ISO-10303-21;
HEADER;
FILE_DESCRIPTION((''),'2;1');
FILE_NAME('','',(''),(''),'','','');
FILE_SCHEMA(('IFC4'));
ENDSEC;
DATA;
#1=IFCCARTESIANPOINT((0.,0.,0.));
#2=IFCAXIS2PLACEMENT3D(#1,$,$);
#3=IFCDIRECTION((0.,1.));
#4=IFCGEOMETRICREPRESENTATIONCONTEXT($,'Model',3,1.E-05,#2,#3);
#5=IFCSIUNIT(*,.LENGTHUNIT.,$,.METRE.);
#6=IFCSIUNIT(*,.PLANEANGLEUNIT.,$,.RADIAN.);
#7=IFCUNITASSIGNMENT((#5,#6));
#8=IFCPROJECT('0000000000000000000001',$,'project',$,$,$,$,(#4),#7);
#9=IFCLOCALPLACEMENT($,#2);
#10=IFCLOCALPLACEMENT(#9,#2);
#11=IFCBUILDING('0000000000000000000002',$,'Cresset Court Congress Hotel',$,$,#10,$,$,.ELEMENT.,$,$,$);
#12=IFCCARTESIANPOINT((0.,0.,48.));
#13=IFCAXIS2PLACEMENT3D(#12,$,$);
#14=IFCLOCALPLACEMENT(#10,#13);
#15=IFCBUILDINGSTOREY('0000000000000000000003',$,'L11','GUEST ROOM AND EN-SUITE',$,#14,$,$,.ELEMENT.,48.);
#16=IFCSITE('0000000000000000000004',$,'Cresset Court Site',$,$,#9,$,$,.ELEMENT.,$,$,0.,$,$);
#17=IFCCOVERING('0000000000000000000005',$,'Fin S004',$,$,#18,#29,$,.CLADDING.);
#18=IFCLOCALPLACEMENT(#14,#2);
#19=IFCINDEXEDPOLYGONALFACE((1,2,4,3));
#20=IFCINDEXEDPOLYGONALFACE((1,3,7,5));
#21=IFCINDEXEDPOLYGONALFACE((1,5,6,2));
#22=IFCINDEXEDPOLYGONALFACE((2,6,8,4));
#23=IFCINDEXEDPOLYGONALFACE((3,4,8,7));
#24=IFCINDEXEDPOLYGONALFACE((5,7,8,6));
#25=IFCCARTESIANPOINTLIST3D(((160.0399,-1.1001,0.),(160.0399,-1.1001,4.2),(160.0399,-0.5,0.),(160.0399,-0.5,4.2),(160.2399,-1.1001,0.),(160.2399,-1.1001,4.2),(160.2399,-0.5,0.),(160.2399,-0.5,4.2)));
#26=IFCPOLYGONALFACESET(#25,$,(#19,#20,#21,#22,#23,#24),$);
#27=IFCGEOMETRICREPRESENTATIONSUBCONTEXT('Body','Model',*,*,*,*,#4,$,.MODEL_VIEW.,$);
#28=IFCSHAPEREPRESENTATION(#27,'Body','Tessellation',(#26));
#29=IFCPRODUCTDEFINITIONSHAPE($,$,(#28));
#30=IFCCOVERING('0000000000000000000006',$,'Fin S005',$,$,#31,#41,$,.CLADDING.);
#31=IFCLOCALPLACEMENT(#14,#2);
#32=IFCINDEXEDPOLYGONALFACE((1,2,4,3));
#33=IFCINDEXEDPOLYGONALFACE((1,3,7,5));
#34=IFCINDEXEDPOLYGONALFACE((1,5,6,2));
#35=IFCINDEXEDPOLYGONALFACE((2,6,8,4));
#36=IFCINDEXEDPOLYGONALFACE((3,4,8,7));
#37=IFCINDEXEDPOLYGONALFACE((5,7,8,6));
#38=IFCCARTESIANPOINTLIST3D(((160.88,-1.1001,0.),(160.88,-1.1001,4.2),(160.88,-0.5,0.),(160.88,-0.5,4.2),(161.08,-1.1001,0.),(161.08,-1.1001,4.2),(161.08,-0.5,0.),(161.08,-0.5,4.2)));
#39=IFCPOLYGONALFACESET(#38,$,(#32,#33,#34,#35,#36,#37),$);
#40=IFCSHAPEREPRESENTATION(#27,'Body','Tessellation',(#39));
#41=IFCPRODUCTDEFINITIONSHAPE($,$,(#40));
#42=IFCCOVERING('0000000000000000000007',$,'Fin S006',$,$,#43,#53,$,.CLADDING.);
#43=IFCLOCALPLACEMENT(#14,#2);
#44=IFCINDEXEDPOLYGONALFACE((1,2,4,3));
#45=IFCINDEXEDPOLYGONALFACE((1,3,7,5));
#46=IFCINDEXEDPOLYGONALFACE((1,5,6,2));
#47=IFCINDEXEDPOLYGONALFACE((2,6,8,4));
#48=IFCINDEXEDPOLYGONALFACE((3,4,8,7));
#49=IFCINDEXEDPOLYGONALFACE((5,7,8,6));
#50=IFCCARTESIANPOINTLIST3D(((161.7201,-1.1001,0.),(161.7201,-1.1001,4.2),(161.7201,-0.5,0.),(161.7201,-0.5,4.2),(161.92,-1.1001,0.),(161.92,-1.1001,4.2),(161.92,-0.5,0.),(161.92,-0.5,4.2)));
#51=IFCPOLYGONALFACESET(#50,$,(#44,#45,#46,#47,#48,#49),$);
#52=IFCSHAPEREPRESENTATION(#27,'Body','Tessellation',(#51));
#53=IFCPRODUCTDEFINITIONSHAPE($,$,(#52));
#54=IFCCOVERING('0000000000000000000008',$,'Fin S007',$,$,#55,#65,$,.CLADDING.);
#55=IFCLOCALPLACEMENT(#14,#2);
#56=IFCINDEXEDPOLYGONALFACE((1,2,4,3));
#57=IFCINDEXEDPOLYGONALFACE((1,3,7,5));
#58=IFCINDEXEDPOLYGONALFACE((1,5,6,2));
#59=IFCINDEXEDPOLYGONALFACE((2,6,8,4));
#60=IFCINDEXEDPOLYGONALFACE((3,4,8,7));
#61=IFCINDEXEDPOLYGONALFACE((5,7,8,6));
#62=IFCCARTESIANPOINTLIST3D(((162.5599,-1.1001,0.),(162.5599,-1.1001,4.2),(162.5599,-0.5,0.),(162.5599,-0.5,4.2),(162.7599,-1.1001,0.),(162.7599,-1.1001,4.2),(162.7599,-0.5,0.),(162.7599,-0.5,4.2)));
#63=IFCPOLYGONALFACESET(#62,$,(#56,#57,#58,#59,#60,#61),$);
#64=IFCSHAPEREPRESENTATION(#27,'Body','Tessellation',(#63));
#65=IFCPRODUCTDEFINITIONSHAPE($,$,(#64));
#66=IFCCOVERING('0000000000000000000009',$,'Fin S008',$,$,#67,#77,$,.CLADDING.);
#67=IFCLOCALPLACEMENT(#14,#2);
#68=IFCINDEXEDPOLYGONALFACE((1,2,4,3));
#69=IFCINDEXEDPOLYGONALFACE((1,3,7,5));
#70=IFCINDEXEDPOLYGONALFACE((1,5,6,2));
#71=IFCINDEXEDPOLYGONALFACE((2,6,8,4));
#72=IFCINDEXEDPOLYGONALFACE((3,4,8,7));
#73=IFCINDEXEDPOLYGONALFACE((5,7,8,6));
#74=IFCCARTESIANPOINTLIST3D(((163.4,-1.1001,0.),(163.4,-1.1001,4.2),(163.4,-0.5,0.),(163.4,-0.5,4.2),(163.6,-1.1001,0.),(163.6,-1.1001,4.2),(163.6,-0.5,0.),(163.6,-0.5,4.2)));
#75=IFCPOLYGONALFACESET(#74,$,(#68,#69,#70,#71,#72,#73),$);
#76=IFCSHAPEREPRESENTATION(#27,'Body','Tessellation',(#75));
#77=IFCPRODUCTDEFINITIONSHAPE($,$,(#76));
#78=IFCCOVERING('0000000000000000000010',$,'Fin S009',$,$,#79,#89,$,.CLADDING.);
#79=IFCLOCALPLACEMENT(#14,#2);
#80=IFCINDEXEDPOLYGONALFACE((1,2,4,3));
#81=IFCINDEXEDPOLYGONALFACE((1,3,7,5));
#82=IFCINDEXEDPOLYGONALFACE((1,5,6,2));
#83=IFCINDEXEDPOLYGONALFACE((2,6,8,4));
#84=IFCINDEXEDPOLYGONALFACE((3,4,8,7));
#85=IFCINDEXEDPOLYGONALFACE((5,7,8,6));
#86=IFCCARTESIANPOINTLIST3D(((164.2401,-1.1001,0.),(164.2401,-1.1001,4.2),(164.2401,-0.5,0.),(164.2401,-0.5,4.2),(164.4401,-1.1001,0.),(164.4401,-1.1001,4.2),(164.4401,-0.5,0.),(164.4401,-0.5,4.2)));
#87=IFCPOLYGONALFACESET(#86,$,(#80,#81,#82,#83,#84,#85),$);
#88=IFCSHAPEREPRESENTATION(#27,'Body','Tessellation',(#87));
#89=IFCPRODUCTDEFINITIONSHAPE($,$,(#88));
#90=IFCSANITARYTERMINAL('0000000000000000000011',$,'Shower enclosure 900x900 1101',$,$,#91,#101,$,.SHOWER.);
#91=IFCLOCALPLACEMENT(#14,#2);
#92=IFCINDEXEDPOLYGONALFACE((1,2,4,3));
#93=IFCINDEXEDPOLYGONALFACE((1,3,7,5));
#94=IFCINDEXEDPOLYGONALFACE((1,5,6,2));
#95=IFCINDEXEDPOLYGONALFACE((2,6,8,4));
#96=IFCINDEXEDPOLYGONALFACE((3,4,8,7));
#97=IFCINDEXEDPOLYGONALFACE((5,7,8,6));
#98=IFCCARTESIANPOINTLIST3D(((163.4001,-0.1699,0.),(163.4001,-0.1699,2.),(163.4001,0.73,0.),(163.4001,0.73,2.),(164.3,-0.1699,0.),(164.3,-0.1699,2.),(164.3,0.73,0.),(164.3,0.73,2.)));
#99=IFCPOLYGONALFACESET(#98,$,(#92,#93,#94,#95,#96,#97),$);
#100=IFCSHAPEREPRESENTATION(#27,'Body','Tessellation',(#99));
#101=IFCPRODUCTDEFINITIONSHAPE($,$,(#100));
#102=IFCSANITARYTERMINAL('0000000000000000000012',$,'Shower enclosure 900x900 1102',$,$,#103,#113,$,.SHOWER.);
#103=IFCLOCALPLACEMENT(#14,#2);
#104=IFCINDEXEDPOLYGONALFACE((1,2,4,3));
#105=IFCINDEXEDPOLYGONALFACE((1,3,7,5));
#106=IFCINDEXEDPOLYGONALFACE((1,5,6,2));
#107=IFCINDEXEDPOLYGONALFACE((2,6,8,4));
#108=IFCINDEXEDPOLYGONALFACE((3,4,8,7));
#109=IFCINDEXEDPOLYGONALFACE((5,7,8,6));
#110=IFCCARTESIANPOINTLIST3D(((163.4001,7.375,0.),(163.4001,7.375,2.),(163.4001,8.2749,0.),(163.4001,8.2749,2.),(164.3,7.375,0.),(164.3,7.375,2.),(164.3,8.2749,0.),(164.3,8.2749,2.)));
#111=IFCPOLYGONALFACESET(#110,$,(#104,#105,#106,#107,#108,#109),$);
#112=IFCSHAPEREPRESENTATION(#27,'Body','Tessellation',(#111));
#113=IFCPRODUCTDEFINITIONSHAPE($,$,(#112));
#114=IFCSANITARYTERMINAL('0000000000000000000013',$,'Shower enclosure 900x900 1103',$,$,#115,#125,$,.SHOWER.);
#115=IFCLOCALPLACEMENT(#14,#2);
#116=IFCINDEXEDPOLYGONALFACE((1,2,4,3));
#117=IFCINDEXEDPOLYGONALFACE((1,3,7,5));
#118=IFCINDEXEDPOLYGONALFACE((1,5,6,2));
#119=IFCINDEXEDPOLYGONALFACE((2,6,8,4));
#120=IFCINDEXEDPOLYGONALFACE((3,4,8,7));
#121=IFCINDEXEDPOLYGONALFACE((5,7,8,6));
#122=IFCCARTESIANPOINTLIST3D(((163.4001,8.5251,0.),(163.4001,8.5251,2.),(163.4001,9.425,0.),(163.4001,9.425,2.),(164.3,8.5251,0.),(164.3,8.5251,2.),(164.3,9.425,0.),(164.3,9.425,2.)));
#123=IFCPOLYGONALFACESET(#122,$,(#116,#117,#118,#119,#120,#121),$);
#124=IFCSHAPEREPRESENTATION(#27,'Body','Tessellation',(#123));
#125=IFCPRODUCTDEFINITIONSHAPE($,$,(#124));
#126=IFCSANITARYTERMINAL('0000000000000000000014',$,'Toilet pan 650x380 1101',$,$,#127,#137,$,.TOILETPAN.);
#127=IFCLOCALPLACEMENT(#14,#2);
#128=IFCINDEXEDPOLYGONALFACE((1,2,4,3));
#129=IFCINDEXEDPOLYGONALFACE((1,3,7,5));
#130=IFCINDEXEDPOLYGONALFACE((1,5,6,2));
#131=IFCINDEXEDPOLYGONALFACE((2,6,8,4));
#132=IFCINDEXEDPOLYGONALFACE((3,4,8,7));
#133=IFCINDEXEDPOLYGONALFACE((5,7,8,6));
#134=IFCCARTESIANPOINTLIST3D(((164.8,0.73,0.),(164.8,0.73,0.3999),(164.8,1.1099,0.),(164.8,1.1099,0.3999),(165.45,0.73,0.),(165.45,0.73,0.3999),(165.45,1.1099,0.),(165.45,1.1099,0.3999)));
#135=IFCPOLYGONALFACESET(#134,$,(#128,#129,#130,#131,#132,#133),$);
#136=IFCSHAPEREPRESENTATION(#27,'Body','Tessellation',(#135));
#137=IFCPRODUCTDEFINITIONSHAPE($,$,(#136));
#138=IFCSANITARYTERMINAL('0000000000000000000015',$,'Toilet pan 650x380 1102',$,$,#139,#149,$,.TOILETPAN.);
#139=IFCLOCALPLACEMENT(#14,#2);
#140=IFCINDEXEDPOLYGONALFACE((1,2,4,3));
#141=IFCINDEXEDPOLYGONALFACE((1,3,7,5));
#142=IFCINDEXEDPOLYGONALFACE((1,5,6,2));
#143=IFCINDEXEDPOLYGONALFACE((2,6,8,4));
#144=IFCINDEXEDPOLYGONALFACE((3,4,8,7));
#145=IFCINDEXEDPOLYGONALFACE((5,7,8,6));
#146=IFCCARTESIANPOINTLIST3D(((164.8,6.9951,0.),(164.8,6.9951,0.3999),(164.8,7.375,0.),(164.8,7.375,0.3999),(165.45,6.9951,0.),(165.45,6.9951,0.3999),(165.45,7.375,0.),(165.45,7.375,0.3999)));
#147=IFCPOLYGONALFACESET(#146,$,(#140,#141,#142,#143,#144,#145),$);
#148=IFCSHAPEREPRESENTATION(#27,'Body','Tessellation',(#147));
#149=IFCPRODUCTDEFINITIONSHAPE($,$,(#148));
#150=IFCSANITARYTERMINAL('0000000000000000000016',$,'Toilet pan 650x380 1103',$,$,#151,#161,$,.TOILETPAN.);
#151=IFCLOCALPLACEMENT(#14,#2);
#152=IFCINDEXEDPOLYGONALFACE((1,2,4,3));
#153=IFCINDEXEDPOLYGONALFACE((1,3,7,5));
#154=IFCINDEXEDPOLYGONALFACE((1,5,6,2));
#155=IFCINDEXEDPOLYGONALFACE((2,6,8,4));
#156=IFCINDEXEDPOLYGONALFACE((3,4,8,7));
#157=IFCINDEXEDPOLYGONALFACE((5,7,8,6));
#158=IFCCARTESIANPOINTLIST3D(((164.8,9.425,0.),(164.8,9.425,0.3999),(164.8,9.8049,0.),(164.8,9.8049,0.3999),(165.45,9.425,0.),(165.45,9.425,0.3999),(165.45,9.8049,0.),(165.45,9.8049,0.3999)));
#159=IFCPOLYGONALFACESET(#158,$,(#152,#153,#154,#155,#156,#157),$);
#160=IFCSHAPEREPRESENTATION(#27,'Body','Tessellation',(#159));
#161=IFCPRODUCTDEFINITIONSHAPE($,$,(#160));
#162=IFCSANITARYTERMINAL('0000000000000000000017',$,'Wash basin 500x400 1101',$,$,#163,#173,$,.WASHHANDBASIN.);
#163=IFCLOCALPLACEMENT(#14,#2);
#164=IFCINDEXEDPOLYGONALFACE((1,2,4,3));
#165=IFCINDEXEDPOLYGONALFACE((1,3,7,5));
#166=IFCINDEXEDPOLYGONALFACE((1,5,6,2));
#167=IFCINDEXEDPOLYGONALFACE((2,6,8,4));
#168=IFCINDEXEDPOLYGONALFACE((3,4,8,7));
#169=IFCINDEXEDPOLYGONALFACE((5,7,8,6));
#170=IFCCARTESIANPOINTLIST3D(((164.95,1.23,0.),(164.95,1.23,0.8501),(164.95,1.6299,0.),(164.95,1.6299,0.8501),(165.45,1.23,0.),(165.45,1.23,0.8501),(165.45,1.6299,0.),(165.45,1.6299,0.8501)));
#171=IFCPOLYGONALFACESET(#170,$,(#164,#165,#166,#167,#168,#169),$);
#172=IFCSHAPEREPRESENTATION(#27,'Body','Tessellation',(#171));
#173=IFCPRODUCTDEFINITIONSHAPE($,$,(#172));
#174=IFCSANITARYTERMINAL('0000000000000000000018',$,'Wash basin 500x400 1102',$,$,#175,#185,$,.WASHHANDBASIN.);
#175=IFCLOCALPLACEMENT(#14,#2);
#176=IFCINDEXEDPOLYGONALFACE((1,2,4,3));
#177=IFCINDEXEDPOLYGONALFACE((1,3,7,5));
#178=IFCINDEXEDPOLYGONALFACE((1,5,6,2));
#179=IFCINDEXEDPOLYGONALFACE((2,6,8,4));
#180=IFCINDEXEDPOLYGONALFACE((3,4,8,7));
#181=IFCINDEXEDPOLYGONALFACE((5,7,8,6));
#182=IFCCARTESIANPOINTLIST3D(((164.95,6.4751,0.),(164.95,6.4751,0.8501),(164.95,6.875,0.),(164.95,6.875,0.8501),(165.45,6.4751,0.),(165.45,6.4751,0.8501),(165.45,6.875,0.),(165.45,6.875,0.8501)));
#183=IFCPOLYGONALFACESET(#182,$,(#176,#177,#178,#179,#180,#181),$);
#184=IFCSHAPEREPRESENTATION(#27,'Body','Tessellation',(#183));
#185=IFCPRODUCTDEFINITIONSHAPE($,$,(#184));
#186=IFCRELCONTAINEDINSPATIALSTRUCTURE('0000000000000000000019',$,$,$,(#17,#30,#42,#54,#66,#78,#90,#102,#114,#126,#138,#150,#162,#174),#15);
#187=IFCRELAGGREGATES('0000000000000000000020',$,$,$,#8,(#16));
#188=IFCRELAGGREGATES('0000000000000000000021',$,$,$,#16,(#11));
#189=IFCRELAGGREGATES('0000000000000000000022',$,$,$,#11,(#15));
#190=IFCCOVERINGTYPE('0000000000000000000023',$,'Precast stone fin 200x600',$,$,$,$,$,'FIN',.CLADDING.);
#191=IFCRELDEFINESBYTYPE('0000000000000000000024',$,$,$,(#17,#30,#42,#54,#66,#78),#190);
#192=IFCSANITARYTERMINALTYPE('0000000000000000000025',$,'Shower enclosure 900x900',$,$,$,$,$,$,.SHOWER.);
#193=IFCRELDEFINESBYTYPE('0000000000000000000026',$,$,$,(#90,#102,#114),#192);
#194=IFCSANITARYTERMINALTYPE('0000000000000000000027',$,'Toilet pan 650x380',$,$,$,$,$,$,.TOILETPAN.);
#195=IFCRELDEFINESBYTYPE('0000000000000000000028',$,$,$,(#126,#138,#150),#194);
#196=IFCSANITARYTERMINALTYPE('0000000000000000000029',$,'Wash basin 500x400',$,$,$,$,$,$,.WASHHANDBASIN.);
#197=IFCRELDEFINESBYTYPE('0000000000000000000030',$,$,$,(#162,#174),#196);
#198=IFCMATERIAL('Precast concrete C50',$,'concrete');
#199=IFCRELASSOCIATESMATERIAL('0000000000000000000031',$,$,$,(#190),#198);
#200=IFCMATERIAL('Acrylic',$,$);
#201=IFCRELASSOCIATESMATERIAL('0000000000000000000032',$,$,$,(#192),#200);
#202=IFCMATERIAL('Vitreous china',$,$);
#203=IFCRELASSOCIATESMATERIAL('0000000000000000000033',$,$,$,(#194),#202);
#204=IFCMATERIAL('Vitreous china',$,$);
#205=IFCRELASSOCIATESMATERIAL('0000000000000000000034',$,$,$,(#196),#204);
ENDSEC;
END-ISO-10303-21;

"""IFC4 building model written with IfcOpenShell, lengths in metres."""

from ifc_helpers import new_model, si_unit, direction, frame, origin, origin_2d, place, context, subcontext, project, spatial, rectangle, extrude, material, type_object, element, save


model = new_model("IFC4")

# Units and contexts
model_context = context("Model", 3, precision=1e-05, world=origin(), true_north=direction((0.0, 1.0)))
body_context = subcontext(model_context, "Body", "Model", "MODEL_VIEW")
ifc_project = project(units=[si_unit("LENGTHUNIT", "METRE"), si_unit("PLANEANGLEUNIT", "RADIAN")], contexts=[model_context])

# Site, building, storey
site_placement = place(None, origin())
site = spatial("IfcSite", under=ifc_project, at=site_placement, Name="Cresset Court Site", CompositionType="ELEMENT", RefElevation=0.0)
building_placement = place(site_placement, origin())
building = spatial("IfcBuilding", under=site, at=building_placement, Name="Cresset Court Congress Hotel", CompositionType="ELEMENT")
storey_placement = place(building_placement, frame((0.0, 0.0, 48.0)))
storey = spatial("IfcBuildingStorey", under=building, at=storey_placement, Name="L11", Description="GUEST ROOM AND EN-SUITE", CompositionType="ELEMENT", Elevation=48.0)

# Coverings
ifc_material_1 = material(Name="Precast concrete C50", Category="concrete")
covering_type = type_object("IfcCoveringType", Name="Precast stone fin 200x600", ElementType="FIN", PredefinedType="CLADDING", material=ifc_material_1)
for number, where, z_axis, x_axis, name in (
    (1, (160.1399, -0.8, 0.0), (0.0, 0.0, 1.0), (1.0, 0.0, 0.0), "Fin S004"),
    (2, (160.98, -0.8, 0.0), (0.0, 0.0, 1.0), (1.0, 0.0, 0.0), "Fin S005"),
    (3, (161.8201, -0.8, 0.0), (0.0, 0.0, 1.0), (1.0, 0.0, 0.0), "Fin S006"),
    (4, (162.6599, -0.8, 0.0), (0.0, 0.0, 1.0), (1.0, 0.0, 0.0), "Fin S007"),
    (5, (163.5, -0.8, 0.0), (0.0, 0.0, 1.0), (1.0, 0.0, 0.0), "Fin S008"),
    (6, (164.3401, -0.8, 0.0), (0.0, 0.0, 1.0), (1.0, 0.0, 0.0), "Fin S009"),
):
    element("IfcCovering", number, at=place(storey_placement, frame(where, z_axis=z_axis, x_axis=x_axis)), inside=storey, type_object=covering_type, Name=name, PredefinedType="CLADDING", context=body_context, shape_type="SweptSolid", body=[
        extrude(rectangle(XDim=0.2, YDim=0.6001, at=origin_2d()), origin(), (0.0, 0.0, 1.0), 4.2),
    ])

# Sanitary terminals
ifc_material_2 = material(Name="Acrylic")
sanitary_terminal_type_1 = type_object("IfcSanitaryTerminalType", Name="Shower enclosure 900x900", PredefinedType="SHOWER", material=ifc_material_2)
for number, where, z_axis, x_axis, name in (
    (7, (163.8501, 0.28, 0.0), (0.0, 0.0, 1.0), (1.0, 0.0, 0.0), "Shower enclosure 900x900 1101"),
    (8, (163.8501, 7.825, 0.0), (0.0, 0.0, 1.0), (1.0, 0.0, 0.0), "Shower enclosure 900x900 1102"),
    (9, (163.8501, 8.9751, 0.0), (0.0, 0.0, 1.0), (1.0, 0.0, 0.0), "Shower enclosure 900x900 1103"),
):
    element("IfcSanitaryTerminal", number, at=place(storey_placement, frame(where, z_axis=z_axis, x_axis=x_axis)), inside=storey, type_object=sanitary_terminal_type_1, Name=name, PredefinedType="SHOWER", context=body_context, shape_type="SweptSolid", body=[
        extrude(rectangle(XDim=0.8999, YDim=0.8999, at=origin_2d()), origin(), (0.0, 0.0, 1.0), 2.0),
    ])
ifc_material_3 = material(Name="Vitreous china")
sanitary_terminal_type_2 = type_object("IfcSanitaryTerminalType", Name="Toilet pan 650x380", PredefinedType="TOILETPAN", material=ifc_material_3)
for number, where, z_axis, x_axis, name in (
    (10, (165.125, 0.9199, 0.0), (0.0, 0.0, 1.0), (1.0, 0.0, 0.0), "Toilet pan 650x380 1101"),
    (11, (165.125, 7.1851, 0.0), (0.0, 0.0, 1.0), (1.0, 0.0, 0.0), "Toilet pan 650x380 1102"),
    (12, (165.125, 9.615, 0.0), (0.0, 0.0, 1.0), (1.0, 0.0, 0.0), "Toilet pan 650x380 1103"),
):
    element("IfcSanitaryTerminal", number, at=place(storey_placement, frame(where, z_axis=z_axis, x_axis=x_axis)), inside=storey, type_object=sanitary_terminal_type_2, Name=name, PredefinedType="TOILETPAN", context=body_context, shape_type="SweptSolid", body=[
        extrude(rectangle(XDim=0.6499, YDim=0.3799, at=origin_2d()), origin(), (0.0, 0.0, 1.0), 0.3999),
    ])
ifc_material_4 = material(Name="Vitreous china")
sanitary_terminal_type_3 = type_object("IfcSanitaryTerminalType", Name="Wash basin 500x400", PredefinedType="WASHHANDBASIN", material=ifc_material_4)
for number, where, z_axis, x_axis, name in (
    (13, (165.2, 1.4299, 0.0), (0.0, 0.0, 1.0), (1.0, 0.0, 0.0), "Wash basin 500x400 1101"),
    (14, (165.2, 6.675, 0.0), (0.0, 0.0, 1.0), (1.0, 0.0, 0.0), "Wash basin 500x400 1102"),
):
    element("IfcSanitaryTerminal", number, at=place(storey_placement, frame(where, z_axis=z_axis, x_axis=x_axis)), inside=storey, type_object=sanitary_terminal_type_3, Name=name, PredefinedType="WASHHANDBASIN", context=body_context, shape_type="SweptSolid", body=[
        extrude(rectangle(XDim=0.5, YDim=0.3999, at=origin_2d()), origin(), (0.0, 0.0, 1.0), 0.8501),
    ])

save(model, "model.ifc")
